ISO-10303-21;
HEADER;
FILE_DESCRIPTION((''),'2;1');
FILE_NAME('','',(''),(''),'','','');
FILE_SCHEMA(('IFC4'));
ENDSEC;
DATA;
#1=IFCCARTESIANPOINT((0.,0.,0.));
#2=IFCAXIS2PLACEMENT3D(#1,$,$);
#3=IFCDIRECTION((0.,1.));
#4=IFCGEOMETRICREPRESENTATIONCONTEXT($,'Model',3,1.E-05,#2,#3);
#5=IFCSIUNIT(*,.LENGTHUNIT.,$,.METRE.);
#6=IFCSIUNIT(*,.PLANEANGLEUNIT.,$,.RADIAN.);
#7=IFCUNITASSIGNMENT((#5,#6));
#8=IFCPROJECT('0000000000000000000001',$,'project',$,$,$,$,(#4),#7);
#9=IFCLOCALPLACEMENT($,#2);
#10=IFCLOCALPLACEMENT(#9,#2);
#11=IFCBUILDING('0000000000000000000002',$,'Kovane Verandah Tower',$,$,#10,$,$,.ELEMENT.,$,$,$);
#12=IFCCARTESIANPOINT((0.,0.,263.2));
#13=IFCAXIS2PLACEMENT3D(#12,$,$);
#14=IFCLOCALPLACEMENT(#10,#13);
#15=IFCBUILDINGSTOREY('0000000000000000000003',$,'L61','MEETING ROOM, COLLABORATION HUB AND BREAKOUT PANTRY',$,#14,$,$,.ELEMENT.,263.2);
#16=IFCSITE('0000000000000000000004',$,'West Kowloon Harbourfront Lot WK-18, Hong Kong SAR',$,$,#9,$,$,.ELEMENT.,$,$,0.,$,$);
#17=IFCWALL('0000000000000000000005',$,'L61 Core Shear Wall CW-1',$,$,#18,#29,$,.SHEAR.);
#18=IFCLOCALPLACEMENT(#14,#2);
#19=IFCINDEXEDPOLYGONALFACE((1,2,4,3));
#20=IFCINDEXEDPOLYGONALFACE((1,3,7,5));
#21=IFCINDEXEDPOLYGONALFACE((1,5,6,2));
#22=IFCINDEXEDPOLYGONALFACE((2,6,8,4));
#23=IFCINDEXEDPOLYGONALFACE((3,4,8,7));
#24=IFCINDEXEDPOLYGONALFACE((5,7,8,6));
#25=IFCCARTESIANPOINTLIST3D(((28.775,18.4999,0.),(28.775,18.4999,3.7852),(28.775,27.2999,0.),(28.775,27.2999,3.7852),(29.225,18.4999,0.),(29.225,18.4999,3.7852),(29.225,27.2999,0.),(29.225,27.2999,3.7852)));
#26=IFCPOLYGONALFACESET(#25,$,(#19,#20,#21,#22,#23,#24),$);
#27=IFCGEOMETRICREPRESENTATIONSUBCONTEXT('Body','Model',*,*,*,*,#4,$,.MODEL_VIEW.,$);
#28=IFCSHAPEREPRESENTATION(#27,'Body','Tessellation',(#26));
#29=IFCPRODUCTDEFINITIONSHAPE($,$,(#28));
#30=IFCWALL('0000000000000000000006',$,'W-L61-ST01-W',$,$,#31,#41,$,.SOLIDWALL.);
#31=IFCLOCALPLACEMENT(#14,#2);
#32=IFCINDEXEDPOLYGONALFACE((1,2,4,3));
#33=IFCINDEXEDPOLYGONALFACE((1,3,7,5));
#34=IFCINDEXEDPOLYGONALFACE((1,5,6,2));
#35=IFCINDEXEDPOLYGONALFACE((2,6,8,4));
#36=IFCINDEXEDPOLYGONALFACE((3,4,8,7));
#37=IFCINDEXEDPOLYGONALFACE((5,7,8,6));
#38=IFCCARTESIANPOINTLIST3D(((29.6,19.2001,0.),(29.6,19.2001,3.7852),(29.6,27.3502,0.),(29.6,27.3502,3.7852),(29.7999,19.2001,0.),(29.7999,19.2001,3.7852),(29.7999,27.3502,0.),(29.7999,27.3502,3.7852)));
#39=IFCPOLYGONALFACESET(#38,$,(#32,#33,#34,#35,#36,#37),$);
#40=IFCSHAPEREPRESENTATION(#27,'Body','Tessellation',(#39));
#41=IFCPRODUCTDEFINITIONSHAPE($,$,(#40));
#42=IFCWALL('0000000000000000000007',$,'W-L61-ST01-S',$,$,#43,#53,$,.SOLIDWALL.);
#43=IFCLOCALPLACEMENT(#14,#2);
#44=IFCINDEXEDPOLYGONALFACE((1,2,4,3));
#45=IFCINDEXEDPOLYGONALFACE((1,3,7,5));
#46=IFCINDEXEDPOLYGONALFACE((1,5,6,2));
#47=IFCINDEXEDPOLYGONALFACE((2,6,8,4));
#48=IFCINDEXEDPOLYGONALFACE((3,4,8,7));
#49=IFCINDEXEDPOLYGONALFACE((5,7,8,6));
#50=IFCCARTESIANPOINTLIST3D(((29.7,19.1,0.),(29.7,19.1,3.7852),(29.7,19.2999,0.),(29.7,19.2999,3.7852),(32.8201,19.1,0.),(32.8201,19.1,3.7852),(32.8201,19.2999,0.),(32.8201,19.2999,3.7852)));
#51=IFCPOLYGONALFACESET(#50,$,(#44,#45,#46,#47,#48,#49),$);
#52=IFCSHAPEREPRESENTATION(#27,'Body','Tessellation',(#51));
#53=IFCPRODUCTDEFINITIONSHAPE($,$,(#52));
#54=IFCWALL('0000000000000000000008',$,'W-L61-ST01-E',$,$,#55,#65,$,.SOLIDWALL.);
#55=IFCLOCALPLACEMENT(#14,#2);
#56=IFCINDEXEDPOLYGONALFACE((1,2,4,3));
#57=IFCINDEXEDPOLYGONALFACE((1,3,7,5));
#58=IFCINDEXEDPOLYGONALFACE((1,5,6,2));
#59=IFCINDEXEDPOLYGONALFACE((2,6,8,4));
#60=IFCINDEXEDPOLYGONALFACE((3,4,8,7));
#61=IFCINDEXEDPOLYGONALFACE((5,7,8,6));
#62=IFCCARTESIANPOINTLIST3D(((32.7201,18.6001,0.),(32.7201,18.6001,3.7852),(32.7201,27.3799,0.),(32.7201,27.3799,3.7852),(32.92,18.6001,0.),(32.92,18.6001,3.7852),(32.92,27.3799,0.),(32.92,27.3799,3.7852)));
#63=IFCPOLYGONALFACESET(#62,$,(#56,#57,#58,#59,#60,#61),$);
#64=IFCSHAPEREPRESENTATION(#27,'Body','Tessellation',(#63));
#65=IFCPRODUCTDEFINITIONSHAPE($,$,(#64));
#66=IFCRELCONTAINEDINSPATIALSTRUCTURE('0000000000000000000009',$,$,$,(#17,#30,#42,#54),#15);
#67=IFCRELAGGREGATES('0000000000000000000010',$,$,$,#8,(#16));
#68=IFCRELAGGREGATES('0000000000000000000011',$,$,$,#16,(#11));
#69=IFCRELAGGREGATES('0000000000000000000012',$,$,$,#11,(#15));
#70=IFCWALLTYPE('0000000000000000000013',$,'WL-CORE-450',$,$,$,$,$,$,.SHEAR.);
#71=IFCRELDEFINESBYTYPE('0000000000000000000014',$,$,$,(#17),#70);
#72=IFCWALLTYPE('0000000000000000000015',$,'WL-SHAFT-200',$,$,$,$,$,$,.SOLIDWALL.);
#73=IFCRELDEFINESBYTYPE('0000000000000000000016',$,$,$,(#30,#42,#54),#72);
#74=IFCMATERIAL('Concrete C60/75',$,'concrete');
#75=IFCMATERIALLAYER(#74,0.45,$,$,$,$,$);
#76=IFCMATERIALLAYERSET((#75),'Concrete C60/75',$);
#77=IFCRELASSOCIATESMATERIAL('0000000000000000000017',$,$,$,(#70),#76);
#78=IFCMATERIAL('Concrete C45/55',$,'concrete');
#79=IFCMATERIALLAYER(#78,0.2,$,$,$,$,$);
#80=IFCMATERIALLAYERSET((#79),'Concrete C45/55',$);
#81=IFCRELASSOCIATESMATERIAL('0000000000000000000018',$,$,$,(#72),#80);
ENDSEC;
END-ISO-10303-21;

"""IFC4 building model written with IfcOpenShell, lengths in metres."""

from ifc_helpers import new_model, si_unit, direction, frame, frame_2d, origin, place, context, subcontext, project, spatial, rectangle, extrude, material, layer, layer_set, type_object, element, save


model = new_model("IFC4")

# Units and contexts
model_context = context("Model", 3, precision=1e-05, world=origin(), true_north=direction((0.0, 1.0)))
body_context = subcontext(model_context, "Body", "Model", "MODEL_VIEW")
ifc_project = project(units=[si_unit("LENGTHUNIT", "METRE"), si_unit("PLANEANGLEUNIT", "RADIAN")], contexts=[model_context])

# Site, building, storey
site_placement = place(None, origin())
site = spatial("IfcSite", under=ifc_project, at=site_placement, Name="West Kowloon Harbourfront Lot WK-18, Hong Kong SAR", CompositionType="ELEMENT", RefElevation=0.0)
building_placement = place(site_placement, origin())
building = spatial("IfcBuilding", under=site, at=building_placement, Name="Kovane Verandah Tower", CompositionType="ELEMENT")
storey_placement = place(building_placement, frame((0.0, 0.0, 263.2)))
storey = spatial("IfcBuildingStorey", under=building, at=storey_placement, Name="L61", Description="MEETING ROOM, COLLABORATION HUB AND BREAKOUT PANTRY", CompositionType="ELEMENT", Elevation=263.2)

# Shared definitions
ifc_material_1 = material(Name="Concrete C60/75", Category="concrete")

# Walls
ifc_layer_1 = layer(ifc_material_1, 0.45)
ifc_layer_set_1 = layer_set([ifc_layer_1], Name="Concrete C60/75")
wall_type_1 = type_object("IfcWallType", Name="WL-CORE-450", PredefinedType="SHEAR", material=ifc_layer_set_1)
wall_1_placement = place(storey_placement, frame((29.0, 18.5, 0.0), z_axis=(0.0, 0.0, 1.0), x_axis=(0.0, 1.0, 0.0)))
element("IfcWall", 1, at=wall_1_placement, inside=storey, type_object=wall_type_1, Name="L61 Core Shear Wall CW-1", PredefinedType="SHEAR", context=body_context, shape_type="SweptSolid", body=[
    extrude(rectangle(XDim=8.8, YDim=0.45, at=frame_2d((4.3999, 0.0))), origin(), (0.0, 0.0, 1.0), 3.7852),
])
ifc_material_2 = material(Name="Concrete C45/55", Category="concrete")
ifc_layer_2 = layer(ifc_material_2, 0.2)
ifc_layer_set_2 = layer_set([ifc_layer_2], Name="Concrete C45/55")
wall_type_2 = type_object("IfcWallType", Name="WL-SHAFT-200", PredefinedType="SOLIDWALL", material=ifc_layer_set_2)
wall_2_placement = place(storey_placement, frame((29.7, 19.2, 0.0), z_axis=(0.0, 0.0, 1.0), x_axis=(0.0, 1.0, 0.0)))
element("IfcWall", 2, at=wall_2_placement, inside=storey, type_object=wall_type_2, Name="W-L61-ST01-W", PredefinedType="SOLIDWALL", context=body_context, shape_type="SweptSolid", body=[
    extrude(rectangle(XDim=8.1501, YDim=0.2, at=frame_2d((4.0752, 0.0))), origin(), (0.0, 0.0, 1.0), 3.7852),
])
wall_3_placement = place(storey_placement, frame((29.7, 19.2, 0.0), z_axis=(0.0, 0.0, 1.0), x_axis=(1.0, 0.0, 0.0)))
element("IfcWall", 3, at=wall_3_placement, inside=storey, type_object=wall_type_2, Name="W-L61-ST01-S", PredefinedType="SOLIDWALL", context=body_context, shape_type="SweptSolid", body=[
    extrude(rectangle(XDim=3.1201, YDim=0.2, at=frame_2d((1.5601, 0.0))), origin(), (0.0, 0.0, 1.0), 3.7852),
])
wall_4_placement = place(storey_placement, frame((32.8201, 18.6001, 0.0), z_axis=(0.0, 0.0, 1.0), x_axis=(0.0, 1.0, 0.0)))
element("IfcWall", 4, at=wall_4_placement, inside=storey, type_object=wall_type_2, Name="W-L61-ST01-E", PredefinedType="SOLIDWALL", context=body_context, shape_type="SweptSolid", body=[
    extrude(rectangle(XDim=8.7798, YDim=0.2, at=frame_2d((4.3899, 0.0))), origin(), (0.0, 0.0, 1.0), 3.7852),
])

save(model, "model.ifc")
